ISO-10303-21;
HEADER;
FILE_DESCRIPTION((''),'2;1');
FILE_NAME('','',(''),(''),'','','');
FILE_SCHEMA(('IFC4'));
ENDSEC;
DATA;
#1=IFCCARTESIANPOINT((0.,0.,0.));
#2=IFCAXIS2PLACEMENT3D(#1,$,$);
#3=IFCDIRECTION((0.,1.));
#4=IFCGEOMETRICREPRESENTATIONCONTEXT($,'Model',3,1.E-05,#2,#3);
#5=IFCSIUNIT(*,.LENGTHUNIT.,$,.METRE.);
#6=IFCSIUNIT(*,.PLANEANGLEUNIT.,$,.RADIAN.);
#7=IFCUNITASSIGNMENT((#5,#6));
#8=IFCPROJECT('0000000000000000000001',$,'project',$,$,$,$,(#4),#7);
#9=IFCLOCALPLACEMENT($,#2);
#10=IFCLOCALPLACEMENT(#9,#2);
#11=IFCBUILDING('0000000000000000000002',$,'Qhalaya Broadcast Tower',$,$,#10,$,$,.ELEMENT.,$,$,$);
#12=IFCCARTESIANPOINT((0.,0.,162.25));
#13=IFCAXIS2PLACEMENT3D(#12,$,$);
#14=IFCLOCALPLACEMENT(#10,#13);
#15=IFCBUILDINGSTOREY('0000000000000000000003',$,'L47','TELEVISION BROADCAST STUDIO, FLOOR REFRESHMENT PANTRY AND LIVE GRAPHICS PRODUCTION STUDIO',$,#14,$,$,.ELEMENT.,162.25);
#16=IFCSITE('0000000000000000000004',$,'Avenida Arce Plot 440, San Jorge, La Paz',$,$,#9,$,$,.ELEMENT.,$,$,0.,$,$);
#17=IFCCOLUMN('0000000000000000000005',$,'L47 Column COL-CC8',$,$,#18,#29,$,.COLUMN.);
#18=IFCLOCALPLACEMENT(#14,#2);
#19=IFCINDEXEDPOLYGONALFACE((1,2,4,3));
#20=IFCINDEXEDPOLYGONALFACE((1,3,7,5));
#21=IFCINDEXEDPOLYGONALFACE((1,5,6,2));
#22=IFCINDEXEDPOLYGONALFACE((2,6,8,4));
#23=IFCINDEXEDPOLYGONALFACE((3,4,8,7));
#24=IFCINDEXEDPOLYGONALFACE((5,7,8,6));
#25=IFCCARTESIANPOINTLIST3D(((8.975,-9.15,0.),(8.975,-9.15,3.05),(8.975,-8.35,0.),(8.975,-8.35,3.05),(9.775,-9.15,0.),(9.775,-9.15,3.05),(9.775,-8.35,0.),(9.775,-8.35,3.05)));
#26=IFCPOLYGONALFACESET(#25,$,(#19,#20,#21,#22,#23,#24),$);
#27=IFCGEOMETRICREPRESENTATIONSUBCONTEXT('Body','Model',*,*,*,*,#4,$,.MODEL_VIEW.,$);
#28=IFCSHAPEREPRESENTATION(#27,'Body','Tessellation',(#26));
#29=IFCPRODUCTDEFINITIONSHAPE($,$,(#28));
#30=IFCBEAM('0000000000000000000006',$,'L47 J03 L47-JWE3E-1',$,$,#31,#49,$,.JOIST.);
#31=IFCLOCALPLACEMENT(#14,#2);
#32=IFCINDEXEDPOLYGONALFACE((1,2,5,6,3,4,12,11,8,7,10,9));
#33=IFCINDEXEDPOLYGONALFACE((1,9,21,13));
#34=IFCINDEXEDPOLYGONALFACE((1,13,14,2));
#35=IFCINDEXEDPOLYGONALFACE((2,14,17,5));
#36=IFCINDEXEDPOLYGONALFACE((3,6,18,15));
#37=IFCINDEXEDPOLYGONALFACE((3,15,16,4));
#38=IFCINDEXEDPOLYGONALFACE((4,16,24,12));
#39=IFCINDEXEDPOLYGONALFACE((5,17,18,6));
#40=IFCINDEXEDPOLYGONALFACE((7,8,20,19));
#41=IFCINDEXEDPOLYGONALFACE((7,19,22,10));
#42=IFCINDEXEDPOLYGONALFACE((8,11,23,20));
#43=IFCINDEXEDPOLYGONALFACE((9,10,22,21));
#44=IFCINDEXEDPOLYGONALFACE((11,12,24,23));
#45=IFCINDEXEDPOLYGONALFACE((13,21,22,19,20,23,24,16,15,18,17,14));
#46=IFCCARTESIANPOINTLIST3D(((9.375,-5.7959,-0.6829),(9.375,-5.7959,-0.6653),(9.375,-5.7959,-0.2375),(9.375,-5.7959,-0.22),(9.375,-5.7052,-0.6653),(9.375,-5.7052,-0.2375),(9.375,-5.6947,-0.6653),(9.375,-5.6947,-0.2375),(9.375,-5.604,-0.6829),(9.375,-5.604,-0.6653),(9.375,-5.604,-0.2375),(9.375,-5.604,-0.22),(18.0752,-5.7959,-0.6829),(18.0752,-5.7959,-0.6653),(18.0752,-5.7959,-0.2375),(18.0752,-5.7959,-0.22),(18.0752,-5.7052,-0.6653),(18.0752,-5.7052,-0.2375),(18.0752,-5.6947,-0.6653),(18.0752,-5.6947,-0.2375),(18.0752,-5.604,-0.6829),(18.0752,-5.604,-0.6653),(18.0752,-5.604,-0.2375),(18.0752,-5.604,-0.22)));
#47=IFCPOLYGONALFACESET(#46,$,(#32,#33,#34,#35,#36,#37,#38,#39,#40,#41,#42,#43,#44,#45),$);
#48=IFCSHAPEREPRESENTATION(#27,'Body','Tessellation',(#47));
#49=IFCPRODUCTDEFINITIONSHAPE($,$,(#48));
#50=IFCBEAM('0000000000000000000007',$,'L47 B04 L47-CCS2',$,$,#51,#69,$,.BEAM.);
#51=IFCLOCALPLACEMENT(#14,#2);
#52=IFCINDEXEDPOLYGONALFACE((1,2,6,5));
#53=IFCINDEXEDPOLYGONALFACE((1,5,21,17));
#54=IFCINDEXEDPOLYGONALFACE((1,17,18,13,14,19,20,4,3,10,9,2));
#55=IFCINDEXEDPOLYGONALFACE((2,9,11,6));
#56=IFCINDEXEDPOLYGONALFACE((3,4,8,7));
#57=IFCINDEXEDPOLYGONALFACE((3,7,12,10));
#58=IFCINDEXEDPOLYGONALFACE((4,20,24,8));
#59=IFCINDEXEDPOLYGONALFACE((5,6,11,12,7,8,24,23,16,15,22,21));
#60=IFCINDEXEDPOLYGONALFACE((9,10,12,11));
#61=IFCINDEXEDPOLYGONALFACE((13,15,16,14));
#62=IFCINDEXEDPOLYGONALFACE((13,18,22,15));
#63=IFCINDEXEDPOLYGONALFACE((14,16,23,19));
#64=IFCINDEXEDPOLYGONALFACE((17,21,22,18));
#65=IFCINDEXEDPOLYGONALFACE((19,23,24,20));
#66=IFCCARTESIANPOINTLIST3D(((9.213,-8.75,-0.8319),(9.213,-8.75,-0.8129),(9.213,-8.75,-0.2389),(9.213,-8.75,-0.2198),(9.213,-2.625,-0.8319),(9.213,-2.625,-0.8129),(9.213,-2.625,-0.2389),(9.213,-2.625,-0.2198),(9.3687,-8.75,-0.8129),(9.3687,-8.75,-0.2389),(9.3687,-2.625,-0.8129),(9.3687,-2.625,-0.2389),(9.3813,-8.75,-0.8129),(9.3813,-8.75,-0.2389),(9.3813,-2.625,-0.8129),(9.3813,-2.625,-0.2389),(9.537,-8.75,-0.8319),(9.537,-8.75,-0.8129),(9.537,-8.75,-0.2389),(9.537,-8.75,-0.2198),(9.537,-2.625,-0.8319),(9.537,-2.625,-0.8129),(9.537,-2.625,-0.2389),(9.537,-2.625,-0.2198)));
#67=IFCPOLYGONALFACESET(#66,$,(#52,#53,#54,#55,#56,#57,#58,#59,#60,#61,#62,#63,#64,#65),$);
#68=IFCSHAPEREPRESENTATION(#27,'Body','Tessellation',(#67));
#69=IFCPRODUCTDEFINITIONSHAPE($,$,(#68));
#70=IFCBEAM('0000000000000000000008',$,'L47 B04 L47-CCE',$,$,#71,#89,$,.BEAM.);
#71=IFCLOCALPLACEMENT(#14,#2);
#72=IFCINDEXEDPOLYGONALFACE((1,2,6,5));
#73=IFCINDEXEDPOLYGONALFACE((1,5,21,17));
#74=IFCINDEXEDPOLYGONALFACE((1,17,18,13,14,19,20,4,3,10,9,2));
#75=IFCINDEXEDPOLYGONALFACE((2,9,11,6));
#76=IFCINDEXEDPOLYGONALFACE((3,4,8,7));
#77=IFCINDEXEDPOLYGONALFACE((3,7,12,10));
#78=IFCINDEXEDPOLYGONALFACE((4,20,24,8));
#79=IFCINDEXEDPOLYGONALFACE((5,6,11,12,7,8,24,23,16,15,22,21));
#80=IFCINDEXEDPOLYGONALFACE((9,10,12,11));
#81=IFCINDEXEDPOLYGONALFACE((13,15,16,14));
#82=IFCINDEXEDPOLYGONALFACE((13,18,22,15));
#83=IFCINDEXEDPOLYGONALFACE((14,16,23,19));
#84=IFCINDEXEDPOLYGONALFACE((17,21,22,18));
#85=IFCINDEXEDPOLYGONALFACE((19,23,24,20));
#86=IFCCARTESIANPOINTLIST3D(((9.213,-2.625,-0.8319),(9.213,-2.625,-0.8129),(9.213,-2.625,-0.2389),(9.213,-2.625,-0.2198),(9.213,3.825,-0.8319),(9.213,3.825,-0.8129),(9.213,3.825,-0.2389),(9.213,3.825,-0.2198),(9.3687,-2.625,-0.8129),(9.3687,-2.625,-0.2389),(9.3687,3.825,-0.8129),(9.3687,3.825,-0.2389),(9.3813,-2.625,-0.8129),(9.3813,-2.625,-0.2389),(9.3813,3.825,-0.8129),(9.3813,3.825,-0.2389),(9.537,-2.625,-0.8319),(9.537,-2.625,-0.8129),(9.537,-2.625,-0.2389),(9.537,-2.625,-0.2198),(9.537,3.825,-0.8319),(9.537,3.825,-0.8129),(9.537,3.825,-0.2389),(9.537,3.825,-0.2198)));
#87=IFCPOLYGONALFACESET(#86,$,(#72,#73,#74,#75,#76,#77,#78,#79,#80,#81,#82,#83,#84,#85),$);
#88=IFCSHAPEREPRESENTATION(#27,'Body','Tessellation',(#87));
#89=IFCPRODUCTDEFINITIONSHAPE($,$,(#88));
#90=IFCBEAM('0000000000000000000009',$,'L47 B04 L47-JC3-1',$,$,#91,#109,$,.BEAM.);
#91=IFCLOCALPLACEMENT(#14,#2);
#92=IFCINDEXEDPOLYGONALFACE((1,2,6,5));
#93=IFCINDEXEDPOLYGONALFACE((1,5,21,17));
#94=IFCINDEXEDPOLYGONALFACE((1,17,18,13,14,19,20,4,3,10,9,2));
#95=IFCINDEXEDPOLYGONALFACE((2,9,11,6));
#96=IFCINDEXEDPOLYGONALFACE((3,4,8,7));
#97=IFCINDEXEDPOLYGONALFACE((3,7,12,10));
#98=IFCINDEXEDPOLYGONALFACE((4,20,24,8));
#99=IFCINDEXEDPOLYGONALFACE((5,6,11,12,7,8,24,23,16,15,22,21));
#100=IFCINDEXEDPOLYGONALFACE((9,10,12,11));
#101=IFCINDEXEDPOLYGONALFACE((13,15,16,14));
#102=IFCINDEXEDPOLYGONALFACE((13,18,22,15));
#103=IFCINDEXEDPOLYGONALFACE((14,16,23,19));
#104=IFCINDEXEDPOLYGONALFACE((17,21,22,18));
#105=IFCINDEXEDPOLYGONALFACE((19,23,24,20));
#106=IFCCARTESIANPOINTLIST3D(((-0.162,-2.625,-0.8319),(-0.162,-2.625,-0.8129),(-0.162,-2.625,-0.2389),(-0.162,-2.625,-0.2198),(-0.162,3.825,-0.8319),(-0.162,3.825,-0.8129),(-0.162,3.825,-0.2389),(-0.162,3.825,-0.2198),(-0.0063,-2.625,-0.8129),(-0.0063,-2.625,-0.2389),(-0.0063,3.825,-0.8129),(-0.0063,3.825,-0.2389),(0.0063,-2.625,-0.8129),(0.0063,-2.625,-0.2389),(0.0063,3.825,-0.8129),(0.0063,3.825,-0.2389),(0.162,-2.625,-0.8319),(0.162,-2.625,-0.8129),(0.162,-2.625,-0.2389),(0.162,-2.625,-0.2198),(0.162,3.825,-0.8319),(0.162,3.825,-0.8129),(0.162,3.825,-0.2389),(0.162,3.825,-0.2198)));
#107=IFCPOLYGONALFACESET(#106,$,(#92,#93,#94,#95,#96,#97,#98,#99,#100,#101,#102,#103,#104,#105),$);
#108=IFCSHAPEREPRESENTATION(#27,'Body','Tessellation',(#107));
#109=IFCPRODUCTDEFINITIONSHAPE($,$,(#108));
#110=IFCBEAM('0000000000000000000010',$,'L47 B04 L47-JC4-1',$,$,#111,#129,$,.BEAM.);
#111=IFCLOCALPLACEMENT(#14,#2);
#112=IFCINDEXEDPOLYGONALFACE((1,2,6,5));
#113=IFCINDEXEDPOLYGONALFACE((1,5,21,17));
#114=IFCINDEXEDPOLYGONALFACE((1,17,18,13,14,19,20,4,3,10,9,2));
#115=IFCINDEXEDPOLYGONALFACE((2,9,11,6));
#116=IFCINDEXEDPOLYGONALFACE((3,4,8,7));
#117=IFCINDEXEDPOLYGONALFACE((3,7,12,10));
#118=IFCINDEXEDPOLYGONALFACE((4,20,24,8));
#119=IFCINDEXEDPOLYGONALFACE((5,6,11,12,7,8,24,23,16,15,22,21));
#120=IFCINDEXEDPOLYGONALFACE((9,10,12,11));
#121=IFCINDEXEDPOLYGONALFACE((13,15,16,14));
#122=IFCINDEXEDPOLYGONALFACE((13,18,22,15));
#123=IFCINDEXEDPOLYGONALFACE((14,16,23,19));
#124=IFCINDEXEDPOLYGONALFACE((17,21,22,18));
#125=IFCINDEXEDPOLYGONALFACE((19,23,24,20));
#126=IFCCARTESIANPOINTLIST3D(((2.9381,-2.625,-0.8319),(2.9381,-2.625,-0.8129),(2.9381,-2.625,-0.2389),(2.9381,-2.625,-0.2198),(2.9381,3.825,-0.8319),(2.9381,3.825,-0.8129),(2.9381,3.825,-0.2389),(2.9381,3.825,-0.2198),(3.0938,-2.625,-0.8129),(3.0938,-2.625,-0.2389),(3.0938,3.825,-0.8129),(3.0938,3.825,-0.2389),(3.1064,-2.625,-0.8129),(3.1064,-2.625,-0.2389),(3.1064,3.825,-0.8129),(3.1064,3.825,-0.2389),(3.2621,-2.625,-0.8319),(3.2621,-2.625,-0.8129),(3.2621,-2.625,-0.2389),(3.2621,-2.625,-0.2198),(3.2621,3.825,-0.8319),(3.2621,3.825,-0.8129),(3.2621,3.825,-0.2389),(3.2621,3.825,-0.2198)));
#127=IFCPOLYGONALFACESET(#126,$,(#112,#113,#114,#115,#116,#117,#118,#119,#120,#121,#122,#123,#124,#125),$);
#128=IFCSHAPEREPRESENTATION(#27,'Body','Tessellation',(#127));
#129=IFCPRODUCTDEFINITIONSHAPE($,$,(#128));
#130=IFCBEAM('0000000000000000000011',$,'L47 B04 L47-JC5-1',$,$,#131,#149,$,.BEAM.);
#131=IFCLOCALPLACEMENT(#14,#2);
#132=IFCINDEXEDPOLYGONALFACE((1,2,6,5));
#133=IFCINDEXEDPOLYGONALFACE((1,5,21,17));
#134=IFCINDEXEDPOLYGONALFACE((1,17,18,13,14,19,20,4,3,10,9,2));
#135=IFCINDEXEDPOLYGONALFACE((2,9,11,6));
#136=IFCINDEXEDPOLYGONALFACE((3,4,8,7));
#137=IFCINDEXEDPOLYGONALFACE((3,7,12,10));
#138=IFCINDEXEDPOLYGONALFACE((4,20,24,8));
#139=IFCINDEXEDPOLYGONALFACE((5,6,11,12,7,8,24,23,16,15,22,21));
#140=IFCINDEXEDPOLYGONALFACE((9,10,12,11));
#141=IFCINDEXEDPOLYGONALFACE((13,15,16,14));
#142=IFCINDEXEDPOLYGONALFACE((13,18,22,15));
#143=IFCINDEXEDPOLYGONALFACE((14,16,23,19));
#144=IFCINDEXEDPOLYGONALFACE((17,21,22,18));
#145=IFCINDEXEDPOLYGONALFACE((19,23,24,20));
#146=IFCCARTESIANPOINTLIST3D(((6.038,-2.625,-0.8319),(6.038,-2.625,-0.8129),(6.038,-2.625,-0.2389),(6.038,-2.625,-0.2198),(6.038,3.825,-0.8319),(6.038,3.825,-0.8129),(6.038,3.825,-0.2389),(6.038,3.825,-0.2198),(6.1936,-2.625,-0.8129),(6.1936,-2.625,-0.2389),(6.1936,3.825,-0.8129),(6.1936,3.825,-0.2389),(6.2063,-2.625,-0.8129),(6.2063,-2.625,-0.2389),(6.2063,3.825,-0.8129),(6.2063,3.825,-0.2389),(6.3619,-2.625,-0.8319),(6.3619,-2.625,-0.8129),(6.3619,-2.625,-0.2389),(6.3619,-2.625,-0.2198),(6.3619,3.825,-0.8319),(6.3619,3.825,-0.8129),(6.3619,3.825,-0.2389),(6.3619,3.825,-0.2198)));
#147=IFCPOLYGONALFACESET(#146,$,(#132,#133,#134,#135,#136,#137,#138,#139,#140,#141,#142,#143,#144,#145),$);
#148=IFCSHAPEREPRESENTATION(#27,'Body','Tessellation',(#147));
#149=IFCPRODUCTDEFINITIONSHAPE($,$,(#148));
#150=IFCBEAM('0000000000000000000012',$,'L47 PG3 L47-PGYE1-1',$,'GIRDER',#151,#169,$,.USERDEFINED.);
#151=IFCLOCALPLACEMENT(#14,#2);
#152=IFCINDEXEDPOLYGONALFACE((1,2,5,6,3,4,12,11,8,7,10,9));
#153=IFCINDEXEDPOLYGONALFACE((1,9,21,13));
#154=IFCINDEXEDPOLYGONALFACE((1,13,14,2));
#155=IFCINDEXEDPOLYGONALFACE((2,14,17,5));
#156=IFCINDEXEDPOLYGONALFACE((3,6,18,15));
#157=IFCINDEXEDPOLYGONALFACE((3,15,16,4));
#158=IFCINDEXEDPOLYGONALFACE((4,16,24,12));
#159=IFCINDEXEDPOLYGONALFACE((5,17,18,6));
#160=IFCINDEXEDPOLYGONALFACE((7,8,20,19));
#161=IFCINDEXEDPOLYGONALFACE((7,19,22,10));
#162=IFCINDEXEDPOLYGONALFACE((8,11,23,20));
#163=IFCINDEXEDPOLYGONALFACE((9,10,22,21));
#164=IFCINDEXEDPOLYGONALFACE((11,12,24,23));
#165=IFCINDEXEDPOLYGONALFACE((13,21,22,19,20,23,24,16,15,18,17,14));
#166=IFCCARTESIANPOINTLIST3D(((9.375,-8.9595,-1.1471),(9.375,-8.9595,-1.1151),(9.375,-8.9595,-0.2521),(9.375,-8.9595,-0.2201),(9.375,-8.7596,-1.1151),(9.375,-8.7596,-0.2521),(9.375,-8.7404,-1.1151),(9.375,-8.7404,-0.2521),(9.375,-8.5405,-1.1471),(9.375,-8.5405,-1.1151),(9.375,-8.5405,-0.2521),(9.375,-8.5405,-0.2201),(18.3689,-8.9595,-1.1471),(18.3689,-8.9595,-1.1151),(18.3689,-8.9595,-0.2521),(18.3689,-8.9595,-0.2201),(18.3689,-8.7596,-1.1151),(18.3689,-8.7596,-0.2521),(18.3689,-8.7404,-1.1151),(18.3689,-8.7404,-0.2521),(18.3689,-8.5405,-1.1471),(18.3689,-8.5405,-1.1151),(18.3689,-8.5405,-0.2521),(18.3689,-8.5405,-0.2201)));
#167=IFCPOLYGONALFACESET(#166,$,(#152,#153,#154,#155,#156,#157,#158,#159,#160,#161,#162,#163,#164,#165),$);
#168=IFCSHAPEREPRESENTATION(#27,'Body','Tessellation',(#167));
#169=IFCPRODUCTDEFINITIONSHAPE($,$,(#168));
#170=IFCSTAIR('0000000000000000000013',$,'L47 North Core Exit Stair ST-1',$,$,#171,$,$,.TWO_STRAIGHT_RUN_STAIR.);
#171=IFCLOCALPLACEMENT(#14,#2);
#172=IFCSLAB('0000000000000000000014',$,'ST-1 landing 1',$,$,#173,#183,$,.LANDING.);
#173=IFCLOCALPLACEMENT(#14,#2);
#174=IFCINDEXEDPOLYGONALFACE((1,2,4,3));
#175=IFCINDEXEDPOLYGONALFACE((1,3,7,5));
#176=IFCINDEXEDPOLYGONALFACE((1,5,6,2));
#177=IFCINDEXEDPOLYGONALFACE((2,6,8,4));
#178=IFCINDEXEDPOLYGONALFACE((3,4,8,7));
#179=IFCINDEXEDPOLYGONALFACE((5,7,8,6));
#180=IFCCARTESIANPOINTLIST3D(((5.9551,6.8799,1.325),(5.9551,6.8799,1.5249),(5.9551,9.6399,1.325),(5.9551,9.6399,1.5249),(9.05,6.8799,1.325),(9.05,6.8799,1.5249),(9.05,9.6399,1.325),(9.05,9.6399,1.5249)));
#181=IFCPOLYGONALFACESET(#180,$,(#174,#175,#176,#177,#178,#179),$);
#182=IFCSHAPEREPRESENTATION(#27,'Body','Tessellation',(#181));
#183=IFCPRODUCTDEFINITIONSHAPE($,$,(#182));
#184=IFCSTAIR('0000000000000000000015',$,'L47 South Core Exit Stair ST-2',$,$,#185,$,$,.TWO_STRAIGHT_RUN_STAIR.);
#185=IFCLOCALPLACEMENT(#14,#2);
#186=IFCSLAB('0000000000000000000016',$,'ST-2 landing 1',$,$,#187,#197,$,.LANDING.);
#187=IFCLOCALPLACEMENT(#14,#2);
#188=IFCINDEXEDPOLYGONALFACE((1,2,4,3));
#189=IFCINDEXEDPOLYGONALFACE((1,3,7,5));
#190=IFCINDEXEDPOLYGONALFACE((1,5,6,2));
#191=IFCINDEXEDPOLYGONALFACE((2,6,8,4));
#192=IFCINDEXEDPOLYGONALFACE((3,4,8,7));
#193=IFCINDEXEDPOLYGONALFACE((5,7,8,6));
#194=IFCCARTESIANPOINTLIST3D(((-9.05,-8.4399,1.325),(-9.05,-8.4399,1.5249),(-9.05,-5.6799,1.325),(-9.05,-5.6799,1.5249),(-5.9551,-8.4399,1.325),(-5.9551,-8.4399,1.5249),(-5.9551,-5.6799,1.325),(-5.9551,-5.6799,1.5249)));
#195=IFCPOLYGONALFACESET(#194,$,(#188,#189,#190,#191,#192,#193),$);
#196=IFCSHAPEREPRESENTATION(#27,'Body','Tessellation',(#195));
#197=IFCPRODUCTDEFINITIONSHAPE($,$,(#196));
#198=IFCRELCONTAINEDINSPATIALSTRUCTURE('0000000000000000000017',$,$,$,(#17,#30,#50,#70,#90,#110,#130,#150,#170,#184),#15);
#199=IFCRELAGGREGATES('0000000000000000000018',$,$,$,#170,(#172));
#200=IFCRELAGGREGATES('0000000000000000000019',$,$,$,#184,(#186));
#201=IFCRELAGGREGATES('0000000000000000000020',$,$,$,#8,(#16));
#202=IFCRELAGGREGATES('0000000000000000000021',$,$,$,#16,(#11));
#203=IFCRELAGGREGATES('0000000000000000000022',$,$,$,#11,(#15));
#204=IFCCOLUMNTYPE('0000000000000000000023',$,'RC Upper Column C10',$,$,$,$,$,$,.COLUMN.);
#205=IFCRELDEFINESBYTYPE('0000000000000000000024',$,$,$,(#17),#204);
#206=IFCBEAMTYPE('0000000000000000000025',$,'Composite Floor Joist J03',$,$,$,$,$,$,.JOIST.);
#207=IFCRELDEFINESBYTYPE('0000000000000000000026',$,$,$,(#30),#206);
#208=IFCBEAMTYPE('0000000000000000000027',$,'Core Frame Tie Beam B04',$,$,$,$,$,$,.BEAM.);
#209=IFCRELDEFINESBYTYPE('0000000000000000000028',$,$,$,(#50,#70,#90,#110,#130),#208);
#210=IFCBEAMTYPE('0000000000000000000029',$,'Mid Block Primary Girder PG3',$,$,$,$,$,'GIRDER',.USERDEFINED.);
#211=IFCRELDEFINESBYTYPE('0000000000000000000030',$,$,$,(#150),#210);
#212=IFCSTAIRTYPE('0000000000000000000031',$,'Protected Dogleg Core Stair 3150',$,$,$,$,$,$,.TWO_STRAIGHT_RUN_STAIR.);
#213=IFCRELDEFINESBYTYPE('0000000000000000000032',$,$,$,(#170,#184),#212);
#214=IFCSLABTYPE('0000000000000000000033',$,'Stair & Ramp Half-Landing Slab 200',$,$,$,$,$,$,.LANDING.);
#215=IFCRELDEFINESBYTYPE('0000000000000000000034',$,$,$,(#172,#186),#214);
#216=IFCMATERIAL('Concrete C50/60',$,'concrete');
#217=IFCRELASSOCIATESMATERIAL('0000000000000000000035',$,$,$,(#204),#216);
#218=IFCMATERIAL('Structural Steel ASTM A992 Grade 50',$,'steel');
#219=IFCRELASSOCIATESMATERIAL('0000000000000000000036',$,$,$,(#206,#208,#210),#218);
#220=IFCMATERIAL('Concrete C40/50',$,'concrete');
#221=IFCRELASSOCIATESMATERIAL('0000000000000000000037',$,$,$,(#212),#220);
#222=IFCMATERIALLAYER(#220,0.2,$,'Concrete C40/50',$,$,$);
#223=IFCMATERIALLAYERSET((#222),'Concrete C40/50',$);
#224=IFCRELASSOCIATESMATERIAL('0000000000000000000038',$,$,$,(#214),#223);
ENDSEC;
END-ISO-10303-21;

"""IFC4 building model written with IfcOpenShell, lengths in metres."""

from ifc_helpers import new_model, si_unit, direction, frame, origin, origin_2d, place, context, subcontext, project, spatial, polyline, rectangle, i_section, outline, extrude, material, layer, layer_set, material_profile, profile_set, type_object, element, aggregate, save


model = new_model("IFC4")

# Units and contexts
model_context = context("Model", 3, precision=1e-05, world=origin(), true_north=direction((0.0, 1.0)))
body_context = subcontext(model_context, "Body", "Model", "MODEL_VIEW")
ifc_project = project(units=[si_unit("LENGTHUNIT", "METRE"), si_unit("PLANEANGLEUNIT", "RADIAN")], contexts=[model_context])

# Site, building, storey
site_placement = place(None, origin())
site = spatial("IfcSite", under=ifc_project, at=site_placement, Name="Avenida Arce Plot 440, San Jorge, La Paz", CompositionType="ELEMENT", RefElevation=0.0)
building_placement = place(site_placement, origin())
building = spatial("IfcBuilding", under=site, at=building_placement, Name="Qhalaya Broadcast Tower", CompositionType="ELEMENT")
storey_placement = place(building_placement, frame((0.0, 0.0, 162.25)))
storey = spatial("IfcBuildingStorey", under=building, at=storey_placement, Name="L47", Description="TELEVISION BROADCAST STUDIO, FLOOR REFRESHMENT PANTRY AND LIVE GRAPHICS PRODUCTION STUDIO", CompositionType="ELEMENT", Elevation=162.25)

# Column
ifc_material_1 = material(Name="Concrete C50/60", Category="concrete")
ifc_material_profile_1 = material_profile(ifc_material_1, rectangle(XDim=0.8, YDim=0.8, at=origin_2d()), Name="RC-COL 800x800")
ifc_profile_set_1 = profile_set([ifc_material_profile_1], Name="Concrete C50/60")
column_type = type_object("IfcColumnType", Name="RC Upper Column C10", PredefinedType="COLUMN", material=ifc_profile_set_1)
column_placement = place(storey_placement, frame((9.375, -8.75, 0.0), z_axis=(0.0, 0.0, 1.0), x_axis=(1.0, 0.0, 0.0)))
element("IfcColumn", 1, at=column_placement, inside=storey, type_object=column_type, Name="L47 Column COL-CC8", PredefinedType="COLUMN", context=body_context, shape_type="SweptSolid", body=[
    extrude(rectangle(XDim=0.8, YDim=0.8, at=origin_2d()), origin(), (0.0, 0.0, 1.0), 3.05),
])

# Beams
ifc_material_2 = material(Name="Structural Steel ASTM A992 Grade 50", Category="steel")
ifc_material_profile_2 = material_profile(ifc_material_2, i_section(OverallWidth=0.1919, OverallDepth=0.4629, WebThickness=0.0105, FlangeThickness=0.0176, at=origin_2d()), Name="W18X60")
ifc_profile_set_2 = profile_set([ifc_material_profile_2], Name="Structural Steel ASTM A992 Grade 50")
beam_type_1 = type_object("IfcBeamType", Name="Composite Floor Joist J03", PredefinedType="JOIST", material=ifc_profile_set_2)
beam_1_placement = place(storey_placement, frame((9.375, -5.7, -0.4514), z_axis=(1.0, 0.0, 0.0), x_axis=(0.0, 1.0, 0.0)))
element("IfcBeam", 2, at=beam_1_placement, inside=storey, type_object=beam_type_1, Name="L47 J03 L47-JWE3E-1", PredefinedType="JOIST", context=body_context, shape_type="SweptSolid", body=[
    extrude(i_section(OverallWidth=0.1919, OverallDepth=0.4629, WebThickness=0.0105, FlangeThickness=0.0176, at=origin_2d()), origin(), (0.0, 0.0, 1.0), 8.7002),
])
ifc_material_profile_3 = material_profile(ifc_material_2, i_section(OverallWidth=0.324, OverallDepth=0.6121, WebThickness=0.0127, FlangeThickness=0.019, at=origin_2d()), Name="W24X104")
ifc_profile_set_3 = profile_set([ifc_material_profile_3], Name="Structural Steel ASTM A992 Grade 50")
beam_type_2 = type_object("IfcBeamType", Name="Core Frame Tie Beam B04", PredefinedType="BEAM", material=ifc_profile_set_3)
beam_2_placement = place(storey_placement, frame((9.375, -8.75, -0.5259), z_axis=(0.0, 1.0, 0.0), x_axis=(-1.0, 0.0, 0.0)))
element("IfcBeam", 3, at=beam_2_placement, inside=storey, type_object=beam_type_2, Name="L47 B04 L47-CCS2", PredefinedType="BEAM", context=body_context, shape_type="SweptSolid", body=[
    extrude(i_section(OverallWidth=0.324, OverallDepth=0.6121, WebThickness=0.0127, FlangeThickness=0.019, at=origin_2d()), origin(), (0.0, 0.0, 1.0), 6.125),
])
for number, where, z_axis, x_axis, name in (
    (4, (9.375, -2.625, -0.5259), (0.0, 1.0, 0.0), (-1.0, 0.0, 0.0), "L47 B04 L47-CCE"),
    (5, (0.0, -2.625, -0.5259), (0.0, 1.0, 0.0), (-1.0, 0.0, 0.0), "L47 B04 L47-JC3-1"),
    (6, (3.1001, -2.625, -0.5259), (0.0, 1.0, 0.0), (-1.0, 0.0, 0.0), "L47 B04 L47-JC4-1"),
    (7, (6.2, -2.625, -0.5259), (0.0, 1.0, 0.0), (-1.0, 0.0, 0.0), "L47 B04 L47-JC5-1"),
):
    element("IfcBeam", number, at=place(storey_placement, frame(where, z_axis=z_axis, x_axis=x_axis)), inside=storey, type_object=beam_type_2, Name=name, PredefinedType="BEAM", context=body_context, shape_type="SweptSolid", body=[
        extrude(i_section(OverallWidth=0.324, OverallDepth=0.6121, WebThickness=0.0127, FlangeThickness=0.019, at=origin_2d()), origin(), (0.0, 0.0, 1.0), 6.45),
    ])
ifc_material_profile_4 = material_profile(ifc_material_2, i_section(OverallWidth=0.4189, OverallDepth=0.927, WebThickness=0.0193, FlangeThickness=0.032, at=origin_2d()), Name="W36X231")
ifc_profile_set_4 = profile_set([ifc_material_profile_4], Name="Structural Steel ASTM A992 Grade 50")
beam_type_3 = type_object("IfcBeamType", Name="Mid Block Primary Girder PG3", ElementType="GIRDER", PredefinedType="USERDEFINED", material=ifc_profile_set_4)
beam_3_placement = place(storey_placement, frame((9.375, -8.75, -0.6836), z_axis=(1.0, 0.0, 0.0), x_axis=(0.0, 1.0, 0.0)))
element("IfcBeam", 8, at=beam_3_placement, inside=storey, type_object=beam_type_3, Name="L47 PG3 L47-PGYE1-1", ObjectType="GIRDER", PredefinedType="USERDEFINED", context=body_context, shape_type="SweptSolid", body=[
    extrude(i_section(OverallWidth=0.4189, OverallDepth=0.927, WebThickness=0.0193, FlangeThickness=0.032, at=origin_2d()), origin(), (0.0, 0.0, 1.0), 8.9939),
])

# Stairs, slabs
ifc_material_3 = material(Name="Concrete C40/50", Category="concrete")
stair_type = type_object("IfcStairType", Name="Protected Dogleg Core Stair 3150", PredefinedType="TWO_STRAIGHT_RUN_STAIR", material=ifc_material_3)
stair_1_placement = place(storey_placement, origin())
stair_1 = element("IfcStair", 9, at=stair_1_placement, inside=storey, type_object=stair_type, Name="L47 North Core Exit Stair ST-1", PredefinedType="TWO_STRAIGHT_RUN_STAIR")
ifc_layer_1 = layer(ifc_material_3, 0.2, Name="Concrete C40/50")
ifc_layer_set_1 = layer_set([ifc_layer_1], Name="Concrete C40/50")
slab_type_1 = type_object("IfcSlabType", Name="Stair & Ramp Half-Landing Slab 200", PredefinedType="LANDING", material=ifc_layer_set_1)
slab_1_placement = place(storey_placement, frame((0.0, 0.0, 1.325)))
slab_1 = element("IfcSlab", 10, at=slab_1_placement, type_object=slab_type_1, Name="ST-1 landing 1", PredefinedType="LANDING", context=body_context, shape_type="SweptSolid", body=[
    extrude(outline(polyline([(5.9551, 6.8799), (9.05, 6.8799), (9.05, 9.6399), (5.9551, 9.6399), (5.9551, 6.8799)])), origin(), (0.0, 0.0, 1.0), 0.2),
])
aggregate(stair_1, [slab_1])
stair_2_placement = place(storey_placement, origin())
stair_2 = element("IfcStair", 11, at=stair_2_placement, inside=storey, type_object=stair_type, Name="L47 South Core Exit Stair ST-2", PredefinedType="TWO_STRAIGHT_RUN_STAIR")
slab_2_placement = place(storey_placement, frame((0.0, 0.0, 1.325)))
slab_2 = element("IfcSlab", 12, at=slab_2_placement, type_object=slab_type_1, Name="ST-2 landing 1", PredefinedType="LANDING", context=body_context, shape_type="SweptSolid", body=[
    extrude(outline(polyline([(-5.9551, -5.6799), (-9.05, -5.6799), (-9.05, -8.4399), (-5.9551, -8.4399), (-5.9551, -5.6799)])), origin(), (0.0, 0.0, 1.0), 0.2),
])
aggregate(stair_2, [slab_2])

save(model, "model.ifc")
